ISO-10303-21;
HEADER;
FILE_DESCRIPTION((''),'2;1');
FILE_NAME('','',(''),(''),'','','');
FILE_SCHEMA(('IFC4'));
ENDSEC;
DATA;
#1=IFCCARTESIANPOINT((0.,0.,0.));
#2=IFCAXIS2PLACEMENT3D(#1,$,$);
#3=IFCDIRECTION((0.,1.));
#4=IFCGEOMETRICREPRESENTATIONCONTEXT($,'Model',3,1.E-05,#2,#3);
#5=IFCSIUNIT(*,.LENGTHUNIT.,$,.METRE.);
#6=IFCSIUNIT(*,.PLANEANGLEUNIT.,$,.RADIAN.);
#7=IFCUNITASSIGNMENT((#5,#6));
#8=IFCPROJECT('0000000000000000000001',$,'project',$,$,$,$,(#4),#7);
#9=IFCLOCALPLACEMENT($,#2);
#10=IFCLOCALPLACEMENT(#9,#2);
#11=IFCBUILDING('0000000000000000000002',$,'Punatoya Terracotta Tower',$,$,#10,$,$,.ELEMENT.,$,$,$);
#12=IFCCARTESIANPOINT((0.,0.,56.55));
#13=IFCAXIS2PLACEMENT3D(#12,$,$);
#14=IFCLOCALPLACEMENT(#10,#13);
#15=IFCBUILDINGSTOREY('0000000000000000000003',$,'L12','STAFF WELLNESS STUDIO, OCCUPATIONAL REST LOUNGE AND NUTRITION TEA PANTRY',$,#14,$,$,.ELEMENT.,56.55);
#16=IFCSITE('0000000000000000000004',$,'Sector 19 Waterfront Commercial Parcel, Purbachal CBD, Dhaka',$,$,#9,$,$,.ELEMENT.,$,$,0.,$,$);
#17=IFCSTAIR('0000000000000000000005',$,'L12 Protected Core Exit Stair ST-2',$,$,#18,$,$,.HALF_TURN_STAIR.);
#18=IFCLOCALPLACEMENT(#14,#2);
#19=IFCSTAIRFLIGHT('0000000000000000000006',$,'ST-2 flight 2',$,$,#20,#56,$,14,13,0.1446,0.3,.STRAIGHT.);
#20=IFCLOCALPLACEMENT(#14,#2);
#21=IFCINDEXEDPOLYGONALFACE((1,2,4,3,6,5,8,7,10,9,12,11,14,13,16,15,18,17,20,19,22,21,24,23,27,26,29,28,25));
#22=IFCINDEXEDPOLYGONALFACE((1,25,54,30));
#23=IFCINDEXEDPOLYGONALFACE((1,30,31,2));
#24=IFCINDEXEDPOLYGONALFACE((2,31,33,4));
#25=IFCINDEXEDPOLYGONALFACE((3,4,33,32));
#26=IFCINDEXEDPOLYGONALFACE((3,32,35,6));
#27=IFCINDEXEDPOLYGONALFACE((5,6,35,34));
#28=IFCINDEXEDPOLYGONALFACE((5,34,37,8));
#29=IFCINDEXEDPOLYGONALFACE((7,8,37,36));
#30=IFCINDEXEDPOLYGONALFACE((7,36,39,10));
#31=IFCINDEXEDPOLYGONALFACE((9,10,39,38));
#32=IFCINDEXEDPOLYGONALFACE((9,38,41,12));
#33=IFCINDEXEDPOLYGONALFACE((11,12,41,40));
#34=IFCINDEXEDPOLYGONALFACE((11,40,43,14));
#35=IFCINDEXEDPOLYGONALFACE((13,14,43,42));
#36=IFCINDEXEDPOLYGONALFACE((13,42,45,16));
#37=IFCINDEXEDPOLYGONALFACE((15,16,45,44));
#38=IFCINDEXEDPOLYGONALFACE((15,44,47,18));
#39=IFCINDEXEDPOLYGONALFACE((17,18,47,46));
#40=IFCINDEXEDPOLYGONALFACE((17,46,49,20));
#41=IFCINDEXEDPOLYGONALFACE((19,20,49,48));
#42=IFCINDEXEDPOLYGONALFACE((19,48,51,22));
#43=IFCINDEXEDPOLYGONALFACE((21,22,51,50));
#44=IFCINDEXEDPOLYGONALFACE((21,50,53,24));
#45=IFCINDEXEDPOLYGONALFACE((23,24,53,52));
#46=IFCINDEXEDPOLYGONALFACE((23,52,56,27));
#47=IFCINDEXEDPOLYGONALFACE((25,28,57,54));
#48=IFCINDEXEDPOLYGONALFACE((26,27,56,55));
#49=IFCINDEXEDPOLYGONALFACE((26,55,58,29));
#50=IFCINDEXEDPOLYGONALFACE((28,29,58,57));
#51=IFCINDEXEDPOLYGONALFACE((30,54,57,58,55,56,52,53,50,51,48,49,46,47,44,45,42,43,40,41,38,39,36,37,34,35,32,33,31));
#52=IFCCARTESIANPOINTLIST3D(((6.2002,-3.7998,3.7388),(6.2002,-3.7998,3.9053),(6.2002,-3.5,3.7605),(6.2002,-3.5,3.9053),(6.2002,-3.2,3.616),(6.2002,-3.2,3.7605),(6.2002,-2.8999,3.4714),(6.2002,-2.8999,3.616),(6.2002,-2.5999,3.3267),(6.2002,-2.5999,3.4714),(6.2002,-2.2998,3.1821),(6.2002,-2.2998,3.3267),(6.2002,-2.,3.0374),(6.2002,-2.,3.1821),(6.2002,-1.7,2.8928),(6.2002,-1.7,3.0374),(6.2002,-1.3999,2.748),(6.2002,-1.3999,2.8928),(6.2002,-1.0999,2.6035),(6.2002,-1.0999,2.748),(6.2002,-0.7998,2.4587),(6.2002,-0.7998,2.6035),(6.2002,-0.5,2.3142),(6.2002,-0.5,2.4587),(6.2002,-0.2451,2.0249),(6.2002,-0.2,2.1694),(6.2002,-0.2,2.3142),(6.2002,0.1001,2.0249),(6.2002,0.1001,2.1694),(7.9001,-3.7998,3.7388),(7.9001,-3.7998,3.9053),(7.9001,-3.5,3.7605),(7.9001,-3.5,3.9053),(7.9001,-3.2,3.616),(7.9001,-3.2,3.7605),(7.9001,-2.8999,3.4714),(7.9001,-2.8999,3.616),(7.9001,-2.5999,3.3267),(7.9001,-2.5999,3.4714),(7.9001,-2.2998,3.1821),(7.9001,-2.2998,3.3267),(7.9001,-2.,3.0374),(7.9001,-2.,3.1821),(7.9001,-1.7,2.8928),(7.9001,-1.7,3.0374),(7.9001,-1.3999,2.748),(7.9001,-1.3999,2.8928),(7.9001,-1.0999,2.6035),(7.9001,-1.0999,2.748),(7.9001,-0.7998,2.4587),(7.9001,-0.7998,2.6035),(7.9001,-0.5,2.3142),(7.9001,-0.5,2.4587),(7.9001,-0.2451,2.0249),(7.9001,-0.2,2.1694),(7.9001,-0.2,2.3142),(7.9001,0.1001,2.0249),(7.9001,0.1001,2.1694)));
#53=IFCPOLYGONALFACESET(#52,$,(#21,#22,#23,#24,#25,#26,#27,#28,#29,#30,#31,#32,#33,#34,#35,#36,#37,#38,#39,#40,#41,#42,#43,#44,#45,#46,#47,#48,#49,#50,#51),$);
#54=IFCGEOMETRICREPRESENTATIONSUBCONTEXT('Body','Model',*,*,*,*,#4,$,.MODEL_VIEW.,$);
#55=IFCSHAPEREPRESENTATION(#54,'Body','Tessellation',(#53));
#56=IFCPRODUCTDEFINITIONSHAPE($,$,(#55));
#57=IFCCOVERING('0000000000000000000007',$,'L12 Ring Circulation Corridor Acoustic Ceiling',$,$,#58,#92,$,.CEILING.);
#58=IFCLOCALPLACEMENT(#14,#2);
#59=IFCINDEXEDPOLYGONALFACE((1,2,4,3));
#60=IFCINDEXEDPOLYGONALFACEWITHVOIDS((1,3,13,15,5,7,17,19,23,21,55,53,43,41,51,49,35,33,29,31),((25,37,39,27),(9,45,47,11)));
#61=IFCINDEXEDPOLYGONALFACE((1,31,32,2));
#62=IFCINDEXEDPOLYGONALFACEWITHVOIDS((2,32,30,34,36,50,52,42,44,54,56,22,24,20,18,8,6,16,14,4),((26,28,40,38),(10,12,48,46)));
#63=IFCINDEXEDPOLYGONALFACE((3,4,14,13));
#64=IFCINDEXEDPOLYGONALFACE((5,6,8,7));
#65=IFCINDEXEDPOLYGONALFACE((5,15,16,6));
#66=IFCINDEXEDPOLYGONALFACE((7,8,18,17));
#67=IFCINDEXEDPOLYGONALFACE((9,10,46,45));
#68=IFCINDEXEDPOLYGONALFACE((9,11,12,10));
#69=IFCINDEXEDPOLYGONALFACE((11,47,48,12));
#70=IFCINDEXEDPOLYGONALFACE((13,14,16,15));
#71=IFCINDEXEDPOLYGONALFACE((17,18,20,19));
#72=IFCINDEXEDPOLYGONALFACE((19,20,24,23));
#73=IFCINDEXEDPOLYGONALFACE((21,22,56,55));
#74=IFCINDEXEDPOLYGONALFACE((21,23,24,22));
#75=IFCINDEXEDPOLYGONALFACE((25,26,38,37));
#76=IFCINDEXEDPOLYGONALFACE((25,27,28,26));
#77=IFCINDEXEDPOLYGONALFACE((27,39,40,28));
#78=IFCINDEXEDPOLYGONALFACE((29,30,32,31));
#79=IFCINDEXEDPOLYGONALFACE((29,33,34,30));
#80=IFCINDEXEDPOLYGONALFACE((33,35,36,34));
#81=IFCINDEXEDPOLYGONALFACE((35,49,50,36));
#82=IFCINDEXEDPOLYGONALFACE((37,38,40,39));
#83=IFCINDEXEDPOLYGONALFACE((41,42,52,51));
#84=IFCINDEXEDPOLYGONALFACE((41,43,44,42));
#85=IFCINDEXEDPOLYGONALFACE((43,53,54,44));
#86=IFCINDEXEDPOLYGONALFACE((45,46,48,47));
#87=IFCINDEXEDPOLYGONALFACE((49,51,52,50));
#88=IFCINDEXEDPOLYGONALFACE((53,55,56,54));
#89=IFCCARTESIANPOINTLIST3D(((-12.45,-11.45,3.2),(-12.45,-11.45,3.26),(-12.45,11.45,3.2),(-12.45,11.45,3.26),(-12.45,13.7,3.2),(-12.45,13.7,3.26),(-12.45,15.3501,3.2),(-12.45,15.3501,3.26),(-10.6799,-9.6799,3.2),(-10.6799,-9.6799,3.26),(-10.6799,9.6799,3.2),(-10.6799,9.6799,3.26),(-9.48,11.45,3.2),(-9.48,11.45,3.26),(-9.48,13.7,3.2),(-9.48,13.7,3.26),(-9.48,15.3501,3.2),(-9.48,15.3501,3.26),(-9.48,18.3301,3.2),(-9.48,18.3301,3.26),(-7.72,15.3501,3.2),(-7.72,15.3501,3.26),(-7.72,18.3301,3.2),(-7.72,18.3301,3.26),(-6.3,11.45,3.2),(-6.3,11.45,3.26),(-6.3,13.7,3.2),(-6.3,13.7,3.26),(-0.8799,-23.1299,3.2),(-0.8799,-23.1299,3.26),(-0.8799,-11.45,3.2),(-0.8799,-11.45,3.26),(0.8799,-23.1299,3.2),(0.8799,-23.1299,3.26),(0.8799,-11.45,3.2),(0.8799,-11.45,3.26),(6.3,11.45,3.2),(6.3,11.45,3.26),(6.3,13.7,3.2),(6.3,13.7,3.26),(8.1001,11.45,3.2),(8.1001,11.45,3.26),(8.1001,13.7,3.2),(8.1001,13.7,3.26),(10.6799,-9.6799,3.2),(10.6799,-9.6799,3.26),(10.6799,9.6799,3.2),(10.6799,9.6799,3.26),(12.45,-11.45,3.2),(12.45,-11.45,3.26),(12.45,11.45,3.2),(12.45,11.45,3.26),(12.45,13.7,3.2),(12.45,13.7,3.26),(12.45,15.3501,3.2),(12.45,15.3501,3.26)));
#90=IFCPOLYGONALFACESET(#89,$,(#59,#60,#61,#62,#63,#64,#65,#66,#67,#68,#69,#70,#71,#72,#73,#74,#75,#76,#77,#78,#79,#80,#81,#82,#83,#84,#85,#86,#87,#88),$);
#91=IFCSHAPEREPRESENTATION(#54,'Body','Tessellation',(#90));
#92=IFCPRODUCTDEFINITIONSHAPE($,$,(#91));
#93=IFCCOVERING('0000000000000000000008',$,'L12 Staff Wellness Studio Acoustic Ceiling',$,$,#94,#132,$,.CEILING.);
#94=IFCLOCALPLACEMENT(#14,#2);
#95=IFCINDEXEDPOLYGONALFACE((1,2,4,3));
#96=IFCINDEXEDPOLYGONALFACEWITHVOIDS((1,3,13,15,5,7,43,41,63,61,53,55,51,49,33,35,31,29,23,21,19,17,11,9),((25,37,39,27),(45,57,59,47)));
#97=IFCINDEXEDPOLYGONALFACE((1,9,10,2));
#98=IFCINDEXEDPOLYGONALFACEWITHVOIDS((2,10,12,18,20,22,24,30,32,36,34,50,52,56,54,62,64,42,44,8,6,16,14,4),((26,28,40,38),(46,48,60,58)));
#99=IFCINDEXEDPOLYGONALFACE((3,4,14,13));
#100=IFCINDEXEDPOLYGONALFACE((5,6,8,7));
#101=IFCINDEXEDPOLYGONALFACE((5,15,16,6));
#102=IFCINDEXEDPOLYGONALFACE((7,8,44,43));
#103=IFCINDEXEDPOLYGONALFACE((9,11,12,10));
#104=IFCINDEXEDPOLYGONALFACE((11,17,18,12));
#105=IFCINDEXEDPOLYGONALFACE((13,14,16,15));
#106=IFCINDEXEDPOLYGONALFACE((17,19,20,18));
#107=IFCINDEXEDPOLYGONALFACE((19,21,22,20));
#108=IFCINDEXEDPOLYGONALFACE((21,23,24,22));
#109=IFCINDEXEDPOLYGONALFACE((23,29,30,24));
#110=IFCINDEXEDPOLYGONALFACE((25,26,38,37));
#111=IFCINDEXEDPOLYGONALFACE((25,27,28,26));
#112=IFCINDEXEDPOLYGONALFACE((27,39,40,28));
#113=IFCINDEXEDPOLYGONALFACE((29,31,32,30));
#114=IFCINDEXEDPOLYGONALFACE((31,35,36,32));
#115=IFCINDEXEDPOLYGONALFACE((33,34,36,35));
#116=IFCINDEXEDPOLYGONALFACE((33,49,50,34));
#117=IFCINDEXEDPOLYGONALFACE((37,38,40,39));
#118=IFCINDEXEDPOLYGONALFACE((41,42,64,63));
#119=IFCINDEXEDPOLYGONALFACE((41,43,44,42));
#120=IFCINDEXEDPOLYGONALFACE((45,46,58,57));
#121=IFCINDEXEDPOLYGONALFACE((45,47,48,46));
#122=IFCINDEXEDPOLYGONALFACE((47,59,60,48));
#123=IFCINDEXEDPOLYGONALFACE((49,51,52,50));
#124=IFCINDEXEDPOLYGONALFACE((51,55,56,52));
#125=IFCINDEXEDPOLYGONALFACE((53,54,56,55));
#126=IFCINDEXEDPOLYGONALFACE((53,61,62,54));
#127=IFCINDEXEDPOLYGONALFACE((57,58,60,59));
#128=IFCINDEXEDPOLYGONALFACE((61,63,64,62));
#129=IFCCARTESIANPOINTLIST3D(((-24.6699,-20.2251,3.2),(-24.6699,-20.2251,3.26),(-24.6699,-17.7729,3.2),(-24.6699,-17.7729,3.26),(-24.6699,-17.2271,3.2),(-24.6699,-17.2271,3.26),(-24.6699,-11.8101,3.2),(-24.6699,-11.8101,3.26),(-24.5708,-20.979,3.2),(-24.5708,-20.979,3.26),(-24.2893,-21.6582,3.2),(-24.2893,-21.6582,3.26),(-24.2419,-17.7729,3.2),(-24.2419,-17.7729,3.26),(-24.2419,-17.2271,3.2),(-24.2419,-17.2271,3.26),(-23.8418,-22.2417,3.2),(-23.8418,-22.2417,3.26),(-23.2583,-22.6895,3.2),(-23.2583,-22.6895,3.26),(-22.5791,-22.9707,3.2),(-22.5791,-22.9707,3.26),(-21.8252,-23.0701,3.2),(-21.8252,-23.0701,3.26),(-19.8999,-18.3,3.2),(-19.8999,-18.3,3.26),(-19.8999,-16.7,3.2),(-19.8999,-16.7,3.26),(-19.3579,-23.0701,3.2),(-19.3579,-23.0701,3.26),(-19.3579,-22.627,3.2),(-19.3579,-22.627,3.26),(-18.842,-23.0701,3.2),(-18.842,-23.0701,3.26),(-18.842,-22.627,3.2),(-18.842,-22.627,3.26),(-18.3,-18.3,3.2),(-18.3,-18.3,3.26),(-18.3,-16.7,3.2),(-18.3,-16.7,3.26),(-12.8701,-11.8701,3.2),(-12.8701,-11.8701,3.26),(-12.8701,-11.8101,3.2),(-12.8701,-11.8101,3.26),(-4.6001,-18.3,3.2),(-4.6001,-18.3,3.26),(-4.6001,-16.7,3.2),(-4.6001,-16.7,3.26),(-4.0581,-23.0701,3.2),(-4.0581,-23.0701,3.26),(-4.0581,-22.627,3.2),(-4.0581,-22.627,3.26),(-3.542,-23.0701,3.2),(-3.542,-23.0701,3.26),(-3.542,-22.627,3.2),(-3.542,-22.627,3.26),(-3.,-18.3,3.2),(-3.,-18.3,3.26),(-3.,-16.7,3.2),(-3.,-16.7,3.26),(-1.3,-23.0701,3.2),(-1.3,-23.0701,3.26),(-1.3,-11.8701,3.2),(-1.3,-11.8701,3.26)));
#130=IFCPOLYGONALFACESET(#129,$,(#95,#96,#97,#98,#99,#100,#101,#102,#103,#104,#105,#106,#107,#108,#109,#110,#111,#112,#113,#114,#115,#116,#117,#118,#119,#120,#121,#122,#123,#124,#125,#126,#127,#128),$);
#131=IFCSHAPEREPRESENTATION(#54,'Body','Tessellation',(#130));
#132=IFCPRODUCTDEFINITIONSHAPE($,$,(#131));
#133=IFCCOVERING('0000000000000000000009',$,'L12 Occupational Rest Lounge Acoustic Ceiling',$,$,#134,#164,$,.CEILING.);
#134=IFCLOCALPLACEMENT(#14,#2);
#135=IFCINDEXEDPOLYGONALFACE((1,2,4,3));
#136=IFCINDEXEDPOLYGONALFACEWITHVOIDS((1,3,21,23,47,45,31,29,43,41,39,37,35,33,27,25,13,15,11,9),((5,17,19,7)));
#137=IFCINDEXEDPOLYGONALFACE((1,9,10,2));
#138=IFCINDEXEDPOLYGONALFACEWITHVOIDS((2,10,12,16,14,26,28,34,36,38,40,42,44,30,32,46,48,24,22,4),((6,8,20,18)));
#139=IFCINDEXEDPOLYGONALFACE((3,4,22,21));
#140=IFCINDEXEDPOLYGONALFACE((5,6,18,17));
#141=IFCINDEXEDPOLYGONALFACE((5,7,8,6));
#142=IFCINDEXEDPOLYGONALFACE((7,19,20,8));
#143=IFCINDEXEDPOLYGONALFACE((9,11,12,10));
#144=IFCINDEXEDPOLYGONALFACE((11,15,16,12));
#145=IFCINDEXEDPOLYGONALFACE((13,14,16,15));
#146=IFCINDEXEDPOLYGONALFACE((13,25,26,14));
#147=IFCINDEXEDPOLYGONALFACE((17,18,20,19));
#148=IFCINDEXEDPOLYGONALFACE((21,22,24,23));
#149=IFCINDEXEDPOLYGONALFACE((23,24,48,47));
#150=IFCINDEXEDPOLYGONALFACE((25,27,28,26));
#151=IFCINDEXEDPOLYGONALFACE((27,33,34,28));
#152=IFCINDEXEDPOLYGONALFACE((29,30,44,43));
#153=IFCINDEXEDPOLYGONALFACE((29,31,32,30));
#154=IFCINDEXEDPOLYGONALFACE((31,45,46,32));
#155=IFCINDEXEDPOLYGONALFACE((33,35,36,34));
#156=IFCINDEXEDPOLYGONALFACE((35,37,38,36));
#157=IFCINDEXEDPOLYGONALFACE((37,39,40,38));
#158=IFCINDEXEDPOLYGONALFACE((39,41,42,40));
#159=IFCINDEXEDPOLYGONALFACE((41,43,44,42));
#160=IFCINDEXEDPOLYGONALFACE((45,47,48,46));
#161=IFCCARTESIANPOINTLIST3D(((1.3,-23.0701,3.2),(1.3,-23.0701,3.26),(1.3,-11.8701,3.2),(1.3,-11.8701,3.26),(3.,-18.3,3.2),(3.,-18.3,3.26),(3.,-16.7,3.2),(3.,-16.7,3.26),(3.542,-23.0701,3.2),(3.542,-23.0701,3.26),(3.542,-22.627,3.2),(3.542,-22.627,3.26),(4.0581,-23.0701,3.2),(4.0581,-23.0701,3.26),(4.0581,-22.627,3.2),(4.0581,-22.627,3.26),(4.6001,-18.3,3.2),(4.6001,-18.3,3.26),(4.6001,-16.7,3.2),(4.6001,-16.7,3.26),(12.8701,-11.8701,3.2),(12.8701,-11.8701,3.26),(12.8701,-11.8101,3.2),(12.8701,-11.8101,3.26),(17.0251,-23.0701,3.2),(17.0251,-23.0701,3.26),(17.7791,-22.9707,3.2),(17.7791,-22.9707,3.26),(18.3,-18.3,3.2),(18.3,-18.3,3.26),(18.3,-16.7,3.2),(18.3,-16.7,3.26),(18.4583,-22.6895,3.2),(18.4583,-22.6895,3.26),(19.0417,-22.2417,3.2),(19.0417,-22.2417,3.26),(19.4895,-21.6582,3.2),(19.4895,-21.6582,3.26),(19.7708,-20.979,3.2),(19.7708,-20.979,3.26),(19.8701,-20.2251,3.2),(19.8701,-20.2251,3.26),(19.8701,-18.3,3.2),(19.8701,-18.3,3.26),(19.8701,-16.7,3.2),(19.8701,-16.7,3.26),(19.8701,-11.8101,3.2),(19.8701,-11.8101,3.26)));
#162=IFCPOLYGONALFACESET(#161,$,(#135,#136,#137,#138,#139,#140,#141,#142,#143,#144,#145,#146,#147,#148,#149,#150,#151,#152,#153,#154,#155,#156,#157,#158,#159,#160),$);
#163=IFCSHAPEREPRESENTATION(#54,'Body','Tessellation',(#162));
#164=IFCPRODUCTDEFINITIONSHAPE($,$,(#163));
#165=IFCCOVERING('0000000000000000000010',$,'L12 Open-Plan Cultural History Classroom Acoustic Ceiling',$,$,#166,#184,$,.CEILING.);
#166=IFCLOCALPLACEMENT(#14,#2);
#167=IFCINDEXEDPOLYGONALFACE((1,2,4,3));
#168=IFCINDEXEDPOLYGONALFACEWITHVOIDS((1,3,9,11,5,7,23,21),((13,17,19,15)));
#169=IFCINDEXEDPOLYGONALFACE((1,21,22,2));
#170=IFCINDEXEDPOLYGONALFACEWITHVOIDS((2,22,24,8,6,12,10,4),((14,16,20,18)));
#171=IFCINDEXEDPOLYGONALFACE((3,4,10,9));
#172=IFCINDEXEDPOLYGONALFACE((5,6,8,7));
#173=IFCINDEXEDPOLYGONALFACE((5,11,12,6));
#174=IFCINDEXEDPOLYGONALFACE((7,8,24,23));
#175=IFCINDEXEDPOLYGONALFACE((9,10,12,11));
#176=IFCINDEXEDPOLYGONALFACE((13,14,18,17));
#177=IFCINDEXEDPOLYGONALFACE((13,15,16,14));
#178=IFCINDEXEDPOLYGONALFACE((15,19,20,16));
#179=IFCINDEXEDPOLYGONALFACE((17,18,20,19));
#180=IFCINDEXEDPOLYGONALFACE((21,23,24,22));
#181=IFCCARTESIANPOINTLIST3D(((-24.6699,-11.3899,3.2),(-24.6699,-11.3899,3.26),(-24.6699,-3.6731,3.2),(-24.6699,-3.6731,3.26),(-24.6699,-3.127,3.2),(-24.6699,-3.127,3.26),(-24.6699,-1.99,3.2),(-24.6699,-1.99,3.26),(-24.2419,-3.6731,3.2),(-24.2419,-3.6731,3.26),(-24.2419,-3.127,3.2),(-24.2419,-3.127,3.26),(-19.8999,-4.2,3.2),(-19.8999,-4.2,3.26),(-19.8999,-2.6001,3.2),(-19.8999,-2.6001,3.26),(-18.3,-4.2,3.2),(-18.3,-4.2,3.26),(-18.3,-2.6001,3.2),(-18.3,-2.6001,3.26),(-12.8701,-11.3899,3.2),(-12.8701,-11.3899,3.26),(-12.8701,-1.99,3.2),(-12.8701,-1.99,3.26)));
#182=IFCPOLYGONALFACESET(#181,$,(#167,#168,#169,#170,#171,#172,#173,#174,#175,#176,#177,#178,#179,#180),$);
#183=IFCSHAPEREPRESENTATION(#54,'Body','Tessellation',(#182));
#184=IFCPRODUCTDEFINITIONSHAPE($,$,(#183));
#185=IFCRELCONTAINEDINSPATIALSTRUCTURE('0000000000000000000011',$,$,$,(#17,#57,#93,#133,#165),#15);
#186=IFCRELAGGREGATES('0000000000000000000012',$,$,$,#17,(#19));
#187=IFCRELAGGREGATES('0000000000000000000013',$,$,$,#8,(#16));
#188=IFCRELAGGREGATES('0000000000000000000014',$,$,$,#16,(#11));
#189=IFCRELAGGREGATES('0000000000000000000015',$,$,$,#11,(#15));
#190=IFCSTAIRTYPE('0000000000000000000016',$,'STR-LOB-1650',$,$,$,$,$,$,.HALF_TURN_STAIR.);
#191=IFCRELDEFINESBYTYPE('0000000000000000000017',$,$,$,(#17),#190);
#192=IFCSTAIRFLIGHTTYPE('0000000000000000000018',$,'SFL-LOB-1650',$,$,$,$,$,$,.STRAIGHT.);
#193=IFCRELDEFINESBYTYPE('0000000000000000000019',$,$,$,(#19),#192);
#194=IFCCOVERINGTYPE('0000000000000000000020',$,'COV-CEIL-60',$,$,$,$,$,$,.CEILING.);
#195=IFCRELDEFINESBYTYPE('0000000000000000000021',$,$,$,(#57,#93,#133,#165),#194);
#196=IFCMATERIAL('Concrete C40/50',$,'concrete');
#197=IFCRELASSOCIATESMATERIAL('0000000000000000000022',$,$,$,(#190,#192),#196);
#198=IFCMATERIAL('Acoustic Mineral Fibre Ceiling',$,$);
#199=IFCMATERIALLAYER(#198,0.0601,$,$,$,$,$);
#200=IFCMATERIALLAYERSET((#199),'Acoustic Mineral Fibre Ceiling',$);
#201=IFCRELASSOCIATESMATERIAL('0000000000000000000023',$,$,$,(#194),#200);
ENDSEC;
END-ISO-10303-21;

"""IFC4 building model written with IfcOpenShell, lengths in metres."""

from ifc_helpers import new_model, si_unit, direction, frame, origin, place, context, subcontext, project, spatial, polyline, outline, extrude, material, layer, layer_set, type_object, element, aggregate, save


model = new_model("IFC4")

# Units and contexts
model_context = context("Model", 3, precision=1e-05, world=origin(), true_north=direction((0.0, 1.0)))
body_context = subcontext(model_context, "Body", "Model", "MODEL_VIEW")
ifc_project = project(units=[si_unit("LENGTHUNIT", "METRE"), si_unit("PLANEANGLEUNIT", "RADIAN")], contexts=[model_context])

# Site, building, storey
site_placement = place(None, origin())
site = spatial("IfcSite", under=ifc_project, at=site_placement, Name="Sector 19 Waterfront Commercial Parcel, Purbachal CBD, Dhaka", CompositionType="ELEMENT", RefElevation=0.0)
building_placement = place(site_placement, origin())
building = spatial("IfcBuilding", under=site, at=building_placement, Name="Punatoya Terracotta Tower", CompositionType="ELEMENT")
storey_placement = place(building_placement, frame((0.0, 0.0, 56.55)))
storey = spatial("IfcBuildingStorey", under=building, at=storey_placement, Name="L12", Description="STAFF WELLNESS STUDIO, OCCUPATIONAL REST LOUNGE AND NUTRITION TEA PANTRY", CompositionType="ELEMENT", Elevation=56.55)

# Shared definitions
ifc_material_1 = material(Name="Concrete C40/50", Category="concrete")

# Stair, stair flight
stair_type_1 = type_object("IfcStairType", Name="STR-LOB-1650", PredefinedType="HALF_TURN_STAIR", material=ifc_material_1)
stair_1_placement = place(storey_placement, origin())
stair_1 = element("IfcStair", 1, at=stair_1_placement, inside=storey, type_object=stair_type_1, Name="L12 Protected Core Exit Stair ST-2", PredefinedType="HALF_TURN_STAIR")
stair_flight_type = type_object("IfcStairFlightType", Name="SFL-LOB-1650", PredefinedType="STRAIGHT", material=ifc_material_1)
stair_flight_placement = place(storey_placement, frame((7.05, 0.1001, 2.0249), z_axis=(0.0, 0.0, 1.0), x_axis=(0.0, -1.0, 0.0)))
stair_flight = element("IfcStairFlight", 2, at=stair_flight_placement, type_object=stair_flight_type, Name="ST-2 flight 2", NumberOfRisers=14, NumberOfTreads=13, PredefinedType="STRAIGHT", RiserHeight=0.1446, TreadLength=0.3, context=body_context, shape_type="SweptSolid", body=[
    extrude(outline(polyline([(0.0, 0.0), (0.0, 0.1445), (0.3, 0.1445), (0.3, 0.2893), (0.6001, 0.2893), (0.6001, 0.4338), (0.8999, 0.4338), (0.8999, 0.5786), (1.2, 0.5786), (1.2, 0.7231), (1.5, 0.7231), (1.5, 0.8679), (1.8, 0.8679), (1.8, 1.0125), (2.1001, 1.0125), (2.1001, 1.1572), (2.3999, 1.1572), (2.3999, 1.3018), (2.7, 1.3018), (2.7, 1.4465), (3.0, 1.4465), (3.0, 1.5911), (3.3, 1.5911), (3.3, 1.7356), (3.6001, 1.7356), (3.6001, 1.8804), (3.8999, 1.8804), (3.8999, 2.0249), (3.8999, 1.7139), (0.3452, 0.0), (0.0, 0.0)])), frame((0.0, 0.8501, 0.0), z_axis=(0.0, -1.0, 0.0), x_axis=(1.0, 0.0, 0.0)), (0.0, 0.0, 1.0), 1.7),
])
aggregate(stair_1, [stair_flight])

# Coverings
ifc_material_2 = material(Name="Acoustic Mineral Fibre Ceiling")
ifc_layer_1 = layer(ifc_material_2, 0.0601)
ifc_layer_set_1 = layer_set([ifc_layer_1], Name="Acoustic Mineral Fibre Ceiling")
covering_type = type_object("IfcCoveringType", Name="COV-CEIL-60", PredefinedType="CEILING", material=ifc_layer_set_1)
covering_1_placement = place(storey_placement, frame((0.0, 0.0, 3.2)))
element("IfcCovering", 3, at=covering_1_placement, inside=storey, type_object=covering_type, Name="L12 Ring Circulation Corridor Acoustic Ceiling", PredefinedType="CEILING", context=body_context, shape_type="SweptSolid", body=[
    extrude(outline(polyline([(-0.8799, -11.45), (-0.8799, -23.1299), (0.8799, -23.1299), (0.8799, -11.45), (12.45, -11.45), (12.45, 11.45), (8.1001, 11.45), (8.1001, 13.7), (12.45, 13.7), (12.45, 15.3501), (-7.72, 15.3501), (-7.72, 18.3301), (-9.48, 18.3301), (-9.48, 15.3501), (-12.45, 15.3501), (-12.45, 13.7), (-9.48, 13.7), (-9.48, 11.45), (-12.45, 11.45), (-12.45, -11.45), (-0.8799, -11.45)]), holes=[polyline([(10.6799, 9.6799), (10.6799, -9.6799), (-10.6799, -9.6799), (-10.6799, 9.6799), (10.6799, 9.6799)]), polyline([(6.3, 11.45), (-6.3, 11.45), (-6.3, 13.7), (6.3, 13.7), (6.3, 11.45)])]), origin(), (0.0, 0.0, 1.0), 0.0601),
])
covering_2_placement = place(storey_placement, frame((0.0, 0.0, 3.2)))
element("IfcCovering", 4, at=covering_2_placement, inside=storey, type_object=covering_type, Name="L12 Staff Wellness Studio Acoustic Ceiling", PredefinedType="CEILING", context=body_context, shape_type="SweptSolid", body=[
    extrude(outline(polyline([(-18.842, -23.0701), (-4.0581, -23.0701), (-4.0581, -22.627), (-3.542, -22.627), (-3.542, -23.0701), (-1.3, -23.0701), (-1.3, -11.8701), (-12.8701, -11.8701), (-12.8701, -11.8101), (-24.6699, -11.8101), (-24.6699, -17.2271), (-24.2419, -17.2271), (-24.2419, -17.7729), (-24.6699, -17.7729), (-24.6699, -20.2251), (-24.5708, -20.979), (-24.2893, -21.6582), (-23.8418, -22.2417), (-23.2583, -22.6895), (-22.5791, -22.9707), (-21.8252, -23.0701), (-19.3579, -23.0701), (-19.3579, -22.627), (-18.842, -22.627), (-18.842, -23.0701)]), holes=[polyline([(-4.6001, -16.7), (-3.0, -16.7), (-3.0, -18.3), (-4.6001, -18.3), (-4.6001, -16.7)]), polyline([(-19.8999, -18.3), (-19.8999, -16.7), (-18.3, -16.7), (-18.3, -18.3), (-19.8999, -18.3)])]), origin(), (0.0, 0.0, 1.0), 0.0601),
])
covering_3_placement = place(storey_placement, frame((0.0, 0.0, 3.2)))
element("IfcCovering", 5, at=covering_3_placement, inside=storey, type_object=covering_type, Name="L12 Occupational Rest Lounge Acoustic Ceiling", PredefinedType="CEILING", context=body_context, shape_type="SweptSolid", body=[
    extrude(outline(polyline([(1.3, -11.8701), (1.3, -23.0701), (3.542, -23.0701), (3.542, -22.627), (4.0581, -22.627), (4.0581, -23.0701), (17.0251, -23.0701), (17.7791, -22.9707), (18.4583, -22.6895), (19.0417, -22.2417), (19.4895, -21.6582), (19.7708, -20.979), (19.8701, -20.2251), (19.8701, -18.3), (18.3, -18.3), (18.3, -16.7), (19.8701, -16.7), (19.8701, -11.8101), (12.8701, -11.8101), (12.8701, -11.8701), (1.3, -11.8701)]), holes=[polyline([(4.6001, -16.7), (4.6001, -18.3), (3.0, -18.3), (3.0, -16.7), (4.6001, -16.7)])]), origin(), (0.0, 0.0, 1.0), 0.0601),
])
covering_4_placement = place(storey_placement, frame((0.0, 0.0, 3.2)))
element("IfcCovering", 6, at=covering_4_placement, inside=storey, type_object=covering_type, Name="L12 Open-Plan Cultural History Classroom Acoustic Ceiling", PredefinedType="CEILING", context=body_context, shape_type="SweptSolid", body=[
    extrude(outline(polyline([(-24.6699, -3.6731), (-24.6699, -11.3899), (-12.8701, -11.3899), (-12.8701, -1.99), (-24.6699, -1.99), (-24.6699, -3.127), (-24.2419, -3.127), (-24.2419, -3.6731), (-24.6699, -3.6731)]), holes=[polyline([(-18.3, -4.2), (-19.8999, -4.2), (-19.8999, -2.6001), (-18.3, -2.6001), (-18.3, -4.2)])]), origin(), (0.0, 0.0, 1.0), 0.0601),
])

save(model, "model.ifc")
